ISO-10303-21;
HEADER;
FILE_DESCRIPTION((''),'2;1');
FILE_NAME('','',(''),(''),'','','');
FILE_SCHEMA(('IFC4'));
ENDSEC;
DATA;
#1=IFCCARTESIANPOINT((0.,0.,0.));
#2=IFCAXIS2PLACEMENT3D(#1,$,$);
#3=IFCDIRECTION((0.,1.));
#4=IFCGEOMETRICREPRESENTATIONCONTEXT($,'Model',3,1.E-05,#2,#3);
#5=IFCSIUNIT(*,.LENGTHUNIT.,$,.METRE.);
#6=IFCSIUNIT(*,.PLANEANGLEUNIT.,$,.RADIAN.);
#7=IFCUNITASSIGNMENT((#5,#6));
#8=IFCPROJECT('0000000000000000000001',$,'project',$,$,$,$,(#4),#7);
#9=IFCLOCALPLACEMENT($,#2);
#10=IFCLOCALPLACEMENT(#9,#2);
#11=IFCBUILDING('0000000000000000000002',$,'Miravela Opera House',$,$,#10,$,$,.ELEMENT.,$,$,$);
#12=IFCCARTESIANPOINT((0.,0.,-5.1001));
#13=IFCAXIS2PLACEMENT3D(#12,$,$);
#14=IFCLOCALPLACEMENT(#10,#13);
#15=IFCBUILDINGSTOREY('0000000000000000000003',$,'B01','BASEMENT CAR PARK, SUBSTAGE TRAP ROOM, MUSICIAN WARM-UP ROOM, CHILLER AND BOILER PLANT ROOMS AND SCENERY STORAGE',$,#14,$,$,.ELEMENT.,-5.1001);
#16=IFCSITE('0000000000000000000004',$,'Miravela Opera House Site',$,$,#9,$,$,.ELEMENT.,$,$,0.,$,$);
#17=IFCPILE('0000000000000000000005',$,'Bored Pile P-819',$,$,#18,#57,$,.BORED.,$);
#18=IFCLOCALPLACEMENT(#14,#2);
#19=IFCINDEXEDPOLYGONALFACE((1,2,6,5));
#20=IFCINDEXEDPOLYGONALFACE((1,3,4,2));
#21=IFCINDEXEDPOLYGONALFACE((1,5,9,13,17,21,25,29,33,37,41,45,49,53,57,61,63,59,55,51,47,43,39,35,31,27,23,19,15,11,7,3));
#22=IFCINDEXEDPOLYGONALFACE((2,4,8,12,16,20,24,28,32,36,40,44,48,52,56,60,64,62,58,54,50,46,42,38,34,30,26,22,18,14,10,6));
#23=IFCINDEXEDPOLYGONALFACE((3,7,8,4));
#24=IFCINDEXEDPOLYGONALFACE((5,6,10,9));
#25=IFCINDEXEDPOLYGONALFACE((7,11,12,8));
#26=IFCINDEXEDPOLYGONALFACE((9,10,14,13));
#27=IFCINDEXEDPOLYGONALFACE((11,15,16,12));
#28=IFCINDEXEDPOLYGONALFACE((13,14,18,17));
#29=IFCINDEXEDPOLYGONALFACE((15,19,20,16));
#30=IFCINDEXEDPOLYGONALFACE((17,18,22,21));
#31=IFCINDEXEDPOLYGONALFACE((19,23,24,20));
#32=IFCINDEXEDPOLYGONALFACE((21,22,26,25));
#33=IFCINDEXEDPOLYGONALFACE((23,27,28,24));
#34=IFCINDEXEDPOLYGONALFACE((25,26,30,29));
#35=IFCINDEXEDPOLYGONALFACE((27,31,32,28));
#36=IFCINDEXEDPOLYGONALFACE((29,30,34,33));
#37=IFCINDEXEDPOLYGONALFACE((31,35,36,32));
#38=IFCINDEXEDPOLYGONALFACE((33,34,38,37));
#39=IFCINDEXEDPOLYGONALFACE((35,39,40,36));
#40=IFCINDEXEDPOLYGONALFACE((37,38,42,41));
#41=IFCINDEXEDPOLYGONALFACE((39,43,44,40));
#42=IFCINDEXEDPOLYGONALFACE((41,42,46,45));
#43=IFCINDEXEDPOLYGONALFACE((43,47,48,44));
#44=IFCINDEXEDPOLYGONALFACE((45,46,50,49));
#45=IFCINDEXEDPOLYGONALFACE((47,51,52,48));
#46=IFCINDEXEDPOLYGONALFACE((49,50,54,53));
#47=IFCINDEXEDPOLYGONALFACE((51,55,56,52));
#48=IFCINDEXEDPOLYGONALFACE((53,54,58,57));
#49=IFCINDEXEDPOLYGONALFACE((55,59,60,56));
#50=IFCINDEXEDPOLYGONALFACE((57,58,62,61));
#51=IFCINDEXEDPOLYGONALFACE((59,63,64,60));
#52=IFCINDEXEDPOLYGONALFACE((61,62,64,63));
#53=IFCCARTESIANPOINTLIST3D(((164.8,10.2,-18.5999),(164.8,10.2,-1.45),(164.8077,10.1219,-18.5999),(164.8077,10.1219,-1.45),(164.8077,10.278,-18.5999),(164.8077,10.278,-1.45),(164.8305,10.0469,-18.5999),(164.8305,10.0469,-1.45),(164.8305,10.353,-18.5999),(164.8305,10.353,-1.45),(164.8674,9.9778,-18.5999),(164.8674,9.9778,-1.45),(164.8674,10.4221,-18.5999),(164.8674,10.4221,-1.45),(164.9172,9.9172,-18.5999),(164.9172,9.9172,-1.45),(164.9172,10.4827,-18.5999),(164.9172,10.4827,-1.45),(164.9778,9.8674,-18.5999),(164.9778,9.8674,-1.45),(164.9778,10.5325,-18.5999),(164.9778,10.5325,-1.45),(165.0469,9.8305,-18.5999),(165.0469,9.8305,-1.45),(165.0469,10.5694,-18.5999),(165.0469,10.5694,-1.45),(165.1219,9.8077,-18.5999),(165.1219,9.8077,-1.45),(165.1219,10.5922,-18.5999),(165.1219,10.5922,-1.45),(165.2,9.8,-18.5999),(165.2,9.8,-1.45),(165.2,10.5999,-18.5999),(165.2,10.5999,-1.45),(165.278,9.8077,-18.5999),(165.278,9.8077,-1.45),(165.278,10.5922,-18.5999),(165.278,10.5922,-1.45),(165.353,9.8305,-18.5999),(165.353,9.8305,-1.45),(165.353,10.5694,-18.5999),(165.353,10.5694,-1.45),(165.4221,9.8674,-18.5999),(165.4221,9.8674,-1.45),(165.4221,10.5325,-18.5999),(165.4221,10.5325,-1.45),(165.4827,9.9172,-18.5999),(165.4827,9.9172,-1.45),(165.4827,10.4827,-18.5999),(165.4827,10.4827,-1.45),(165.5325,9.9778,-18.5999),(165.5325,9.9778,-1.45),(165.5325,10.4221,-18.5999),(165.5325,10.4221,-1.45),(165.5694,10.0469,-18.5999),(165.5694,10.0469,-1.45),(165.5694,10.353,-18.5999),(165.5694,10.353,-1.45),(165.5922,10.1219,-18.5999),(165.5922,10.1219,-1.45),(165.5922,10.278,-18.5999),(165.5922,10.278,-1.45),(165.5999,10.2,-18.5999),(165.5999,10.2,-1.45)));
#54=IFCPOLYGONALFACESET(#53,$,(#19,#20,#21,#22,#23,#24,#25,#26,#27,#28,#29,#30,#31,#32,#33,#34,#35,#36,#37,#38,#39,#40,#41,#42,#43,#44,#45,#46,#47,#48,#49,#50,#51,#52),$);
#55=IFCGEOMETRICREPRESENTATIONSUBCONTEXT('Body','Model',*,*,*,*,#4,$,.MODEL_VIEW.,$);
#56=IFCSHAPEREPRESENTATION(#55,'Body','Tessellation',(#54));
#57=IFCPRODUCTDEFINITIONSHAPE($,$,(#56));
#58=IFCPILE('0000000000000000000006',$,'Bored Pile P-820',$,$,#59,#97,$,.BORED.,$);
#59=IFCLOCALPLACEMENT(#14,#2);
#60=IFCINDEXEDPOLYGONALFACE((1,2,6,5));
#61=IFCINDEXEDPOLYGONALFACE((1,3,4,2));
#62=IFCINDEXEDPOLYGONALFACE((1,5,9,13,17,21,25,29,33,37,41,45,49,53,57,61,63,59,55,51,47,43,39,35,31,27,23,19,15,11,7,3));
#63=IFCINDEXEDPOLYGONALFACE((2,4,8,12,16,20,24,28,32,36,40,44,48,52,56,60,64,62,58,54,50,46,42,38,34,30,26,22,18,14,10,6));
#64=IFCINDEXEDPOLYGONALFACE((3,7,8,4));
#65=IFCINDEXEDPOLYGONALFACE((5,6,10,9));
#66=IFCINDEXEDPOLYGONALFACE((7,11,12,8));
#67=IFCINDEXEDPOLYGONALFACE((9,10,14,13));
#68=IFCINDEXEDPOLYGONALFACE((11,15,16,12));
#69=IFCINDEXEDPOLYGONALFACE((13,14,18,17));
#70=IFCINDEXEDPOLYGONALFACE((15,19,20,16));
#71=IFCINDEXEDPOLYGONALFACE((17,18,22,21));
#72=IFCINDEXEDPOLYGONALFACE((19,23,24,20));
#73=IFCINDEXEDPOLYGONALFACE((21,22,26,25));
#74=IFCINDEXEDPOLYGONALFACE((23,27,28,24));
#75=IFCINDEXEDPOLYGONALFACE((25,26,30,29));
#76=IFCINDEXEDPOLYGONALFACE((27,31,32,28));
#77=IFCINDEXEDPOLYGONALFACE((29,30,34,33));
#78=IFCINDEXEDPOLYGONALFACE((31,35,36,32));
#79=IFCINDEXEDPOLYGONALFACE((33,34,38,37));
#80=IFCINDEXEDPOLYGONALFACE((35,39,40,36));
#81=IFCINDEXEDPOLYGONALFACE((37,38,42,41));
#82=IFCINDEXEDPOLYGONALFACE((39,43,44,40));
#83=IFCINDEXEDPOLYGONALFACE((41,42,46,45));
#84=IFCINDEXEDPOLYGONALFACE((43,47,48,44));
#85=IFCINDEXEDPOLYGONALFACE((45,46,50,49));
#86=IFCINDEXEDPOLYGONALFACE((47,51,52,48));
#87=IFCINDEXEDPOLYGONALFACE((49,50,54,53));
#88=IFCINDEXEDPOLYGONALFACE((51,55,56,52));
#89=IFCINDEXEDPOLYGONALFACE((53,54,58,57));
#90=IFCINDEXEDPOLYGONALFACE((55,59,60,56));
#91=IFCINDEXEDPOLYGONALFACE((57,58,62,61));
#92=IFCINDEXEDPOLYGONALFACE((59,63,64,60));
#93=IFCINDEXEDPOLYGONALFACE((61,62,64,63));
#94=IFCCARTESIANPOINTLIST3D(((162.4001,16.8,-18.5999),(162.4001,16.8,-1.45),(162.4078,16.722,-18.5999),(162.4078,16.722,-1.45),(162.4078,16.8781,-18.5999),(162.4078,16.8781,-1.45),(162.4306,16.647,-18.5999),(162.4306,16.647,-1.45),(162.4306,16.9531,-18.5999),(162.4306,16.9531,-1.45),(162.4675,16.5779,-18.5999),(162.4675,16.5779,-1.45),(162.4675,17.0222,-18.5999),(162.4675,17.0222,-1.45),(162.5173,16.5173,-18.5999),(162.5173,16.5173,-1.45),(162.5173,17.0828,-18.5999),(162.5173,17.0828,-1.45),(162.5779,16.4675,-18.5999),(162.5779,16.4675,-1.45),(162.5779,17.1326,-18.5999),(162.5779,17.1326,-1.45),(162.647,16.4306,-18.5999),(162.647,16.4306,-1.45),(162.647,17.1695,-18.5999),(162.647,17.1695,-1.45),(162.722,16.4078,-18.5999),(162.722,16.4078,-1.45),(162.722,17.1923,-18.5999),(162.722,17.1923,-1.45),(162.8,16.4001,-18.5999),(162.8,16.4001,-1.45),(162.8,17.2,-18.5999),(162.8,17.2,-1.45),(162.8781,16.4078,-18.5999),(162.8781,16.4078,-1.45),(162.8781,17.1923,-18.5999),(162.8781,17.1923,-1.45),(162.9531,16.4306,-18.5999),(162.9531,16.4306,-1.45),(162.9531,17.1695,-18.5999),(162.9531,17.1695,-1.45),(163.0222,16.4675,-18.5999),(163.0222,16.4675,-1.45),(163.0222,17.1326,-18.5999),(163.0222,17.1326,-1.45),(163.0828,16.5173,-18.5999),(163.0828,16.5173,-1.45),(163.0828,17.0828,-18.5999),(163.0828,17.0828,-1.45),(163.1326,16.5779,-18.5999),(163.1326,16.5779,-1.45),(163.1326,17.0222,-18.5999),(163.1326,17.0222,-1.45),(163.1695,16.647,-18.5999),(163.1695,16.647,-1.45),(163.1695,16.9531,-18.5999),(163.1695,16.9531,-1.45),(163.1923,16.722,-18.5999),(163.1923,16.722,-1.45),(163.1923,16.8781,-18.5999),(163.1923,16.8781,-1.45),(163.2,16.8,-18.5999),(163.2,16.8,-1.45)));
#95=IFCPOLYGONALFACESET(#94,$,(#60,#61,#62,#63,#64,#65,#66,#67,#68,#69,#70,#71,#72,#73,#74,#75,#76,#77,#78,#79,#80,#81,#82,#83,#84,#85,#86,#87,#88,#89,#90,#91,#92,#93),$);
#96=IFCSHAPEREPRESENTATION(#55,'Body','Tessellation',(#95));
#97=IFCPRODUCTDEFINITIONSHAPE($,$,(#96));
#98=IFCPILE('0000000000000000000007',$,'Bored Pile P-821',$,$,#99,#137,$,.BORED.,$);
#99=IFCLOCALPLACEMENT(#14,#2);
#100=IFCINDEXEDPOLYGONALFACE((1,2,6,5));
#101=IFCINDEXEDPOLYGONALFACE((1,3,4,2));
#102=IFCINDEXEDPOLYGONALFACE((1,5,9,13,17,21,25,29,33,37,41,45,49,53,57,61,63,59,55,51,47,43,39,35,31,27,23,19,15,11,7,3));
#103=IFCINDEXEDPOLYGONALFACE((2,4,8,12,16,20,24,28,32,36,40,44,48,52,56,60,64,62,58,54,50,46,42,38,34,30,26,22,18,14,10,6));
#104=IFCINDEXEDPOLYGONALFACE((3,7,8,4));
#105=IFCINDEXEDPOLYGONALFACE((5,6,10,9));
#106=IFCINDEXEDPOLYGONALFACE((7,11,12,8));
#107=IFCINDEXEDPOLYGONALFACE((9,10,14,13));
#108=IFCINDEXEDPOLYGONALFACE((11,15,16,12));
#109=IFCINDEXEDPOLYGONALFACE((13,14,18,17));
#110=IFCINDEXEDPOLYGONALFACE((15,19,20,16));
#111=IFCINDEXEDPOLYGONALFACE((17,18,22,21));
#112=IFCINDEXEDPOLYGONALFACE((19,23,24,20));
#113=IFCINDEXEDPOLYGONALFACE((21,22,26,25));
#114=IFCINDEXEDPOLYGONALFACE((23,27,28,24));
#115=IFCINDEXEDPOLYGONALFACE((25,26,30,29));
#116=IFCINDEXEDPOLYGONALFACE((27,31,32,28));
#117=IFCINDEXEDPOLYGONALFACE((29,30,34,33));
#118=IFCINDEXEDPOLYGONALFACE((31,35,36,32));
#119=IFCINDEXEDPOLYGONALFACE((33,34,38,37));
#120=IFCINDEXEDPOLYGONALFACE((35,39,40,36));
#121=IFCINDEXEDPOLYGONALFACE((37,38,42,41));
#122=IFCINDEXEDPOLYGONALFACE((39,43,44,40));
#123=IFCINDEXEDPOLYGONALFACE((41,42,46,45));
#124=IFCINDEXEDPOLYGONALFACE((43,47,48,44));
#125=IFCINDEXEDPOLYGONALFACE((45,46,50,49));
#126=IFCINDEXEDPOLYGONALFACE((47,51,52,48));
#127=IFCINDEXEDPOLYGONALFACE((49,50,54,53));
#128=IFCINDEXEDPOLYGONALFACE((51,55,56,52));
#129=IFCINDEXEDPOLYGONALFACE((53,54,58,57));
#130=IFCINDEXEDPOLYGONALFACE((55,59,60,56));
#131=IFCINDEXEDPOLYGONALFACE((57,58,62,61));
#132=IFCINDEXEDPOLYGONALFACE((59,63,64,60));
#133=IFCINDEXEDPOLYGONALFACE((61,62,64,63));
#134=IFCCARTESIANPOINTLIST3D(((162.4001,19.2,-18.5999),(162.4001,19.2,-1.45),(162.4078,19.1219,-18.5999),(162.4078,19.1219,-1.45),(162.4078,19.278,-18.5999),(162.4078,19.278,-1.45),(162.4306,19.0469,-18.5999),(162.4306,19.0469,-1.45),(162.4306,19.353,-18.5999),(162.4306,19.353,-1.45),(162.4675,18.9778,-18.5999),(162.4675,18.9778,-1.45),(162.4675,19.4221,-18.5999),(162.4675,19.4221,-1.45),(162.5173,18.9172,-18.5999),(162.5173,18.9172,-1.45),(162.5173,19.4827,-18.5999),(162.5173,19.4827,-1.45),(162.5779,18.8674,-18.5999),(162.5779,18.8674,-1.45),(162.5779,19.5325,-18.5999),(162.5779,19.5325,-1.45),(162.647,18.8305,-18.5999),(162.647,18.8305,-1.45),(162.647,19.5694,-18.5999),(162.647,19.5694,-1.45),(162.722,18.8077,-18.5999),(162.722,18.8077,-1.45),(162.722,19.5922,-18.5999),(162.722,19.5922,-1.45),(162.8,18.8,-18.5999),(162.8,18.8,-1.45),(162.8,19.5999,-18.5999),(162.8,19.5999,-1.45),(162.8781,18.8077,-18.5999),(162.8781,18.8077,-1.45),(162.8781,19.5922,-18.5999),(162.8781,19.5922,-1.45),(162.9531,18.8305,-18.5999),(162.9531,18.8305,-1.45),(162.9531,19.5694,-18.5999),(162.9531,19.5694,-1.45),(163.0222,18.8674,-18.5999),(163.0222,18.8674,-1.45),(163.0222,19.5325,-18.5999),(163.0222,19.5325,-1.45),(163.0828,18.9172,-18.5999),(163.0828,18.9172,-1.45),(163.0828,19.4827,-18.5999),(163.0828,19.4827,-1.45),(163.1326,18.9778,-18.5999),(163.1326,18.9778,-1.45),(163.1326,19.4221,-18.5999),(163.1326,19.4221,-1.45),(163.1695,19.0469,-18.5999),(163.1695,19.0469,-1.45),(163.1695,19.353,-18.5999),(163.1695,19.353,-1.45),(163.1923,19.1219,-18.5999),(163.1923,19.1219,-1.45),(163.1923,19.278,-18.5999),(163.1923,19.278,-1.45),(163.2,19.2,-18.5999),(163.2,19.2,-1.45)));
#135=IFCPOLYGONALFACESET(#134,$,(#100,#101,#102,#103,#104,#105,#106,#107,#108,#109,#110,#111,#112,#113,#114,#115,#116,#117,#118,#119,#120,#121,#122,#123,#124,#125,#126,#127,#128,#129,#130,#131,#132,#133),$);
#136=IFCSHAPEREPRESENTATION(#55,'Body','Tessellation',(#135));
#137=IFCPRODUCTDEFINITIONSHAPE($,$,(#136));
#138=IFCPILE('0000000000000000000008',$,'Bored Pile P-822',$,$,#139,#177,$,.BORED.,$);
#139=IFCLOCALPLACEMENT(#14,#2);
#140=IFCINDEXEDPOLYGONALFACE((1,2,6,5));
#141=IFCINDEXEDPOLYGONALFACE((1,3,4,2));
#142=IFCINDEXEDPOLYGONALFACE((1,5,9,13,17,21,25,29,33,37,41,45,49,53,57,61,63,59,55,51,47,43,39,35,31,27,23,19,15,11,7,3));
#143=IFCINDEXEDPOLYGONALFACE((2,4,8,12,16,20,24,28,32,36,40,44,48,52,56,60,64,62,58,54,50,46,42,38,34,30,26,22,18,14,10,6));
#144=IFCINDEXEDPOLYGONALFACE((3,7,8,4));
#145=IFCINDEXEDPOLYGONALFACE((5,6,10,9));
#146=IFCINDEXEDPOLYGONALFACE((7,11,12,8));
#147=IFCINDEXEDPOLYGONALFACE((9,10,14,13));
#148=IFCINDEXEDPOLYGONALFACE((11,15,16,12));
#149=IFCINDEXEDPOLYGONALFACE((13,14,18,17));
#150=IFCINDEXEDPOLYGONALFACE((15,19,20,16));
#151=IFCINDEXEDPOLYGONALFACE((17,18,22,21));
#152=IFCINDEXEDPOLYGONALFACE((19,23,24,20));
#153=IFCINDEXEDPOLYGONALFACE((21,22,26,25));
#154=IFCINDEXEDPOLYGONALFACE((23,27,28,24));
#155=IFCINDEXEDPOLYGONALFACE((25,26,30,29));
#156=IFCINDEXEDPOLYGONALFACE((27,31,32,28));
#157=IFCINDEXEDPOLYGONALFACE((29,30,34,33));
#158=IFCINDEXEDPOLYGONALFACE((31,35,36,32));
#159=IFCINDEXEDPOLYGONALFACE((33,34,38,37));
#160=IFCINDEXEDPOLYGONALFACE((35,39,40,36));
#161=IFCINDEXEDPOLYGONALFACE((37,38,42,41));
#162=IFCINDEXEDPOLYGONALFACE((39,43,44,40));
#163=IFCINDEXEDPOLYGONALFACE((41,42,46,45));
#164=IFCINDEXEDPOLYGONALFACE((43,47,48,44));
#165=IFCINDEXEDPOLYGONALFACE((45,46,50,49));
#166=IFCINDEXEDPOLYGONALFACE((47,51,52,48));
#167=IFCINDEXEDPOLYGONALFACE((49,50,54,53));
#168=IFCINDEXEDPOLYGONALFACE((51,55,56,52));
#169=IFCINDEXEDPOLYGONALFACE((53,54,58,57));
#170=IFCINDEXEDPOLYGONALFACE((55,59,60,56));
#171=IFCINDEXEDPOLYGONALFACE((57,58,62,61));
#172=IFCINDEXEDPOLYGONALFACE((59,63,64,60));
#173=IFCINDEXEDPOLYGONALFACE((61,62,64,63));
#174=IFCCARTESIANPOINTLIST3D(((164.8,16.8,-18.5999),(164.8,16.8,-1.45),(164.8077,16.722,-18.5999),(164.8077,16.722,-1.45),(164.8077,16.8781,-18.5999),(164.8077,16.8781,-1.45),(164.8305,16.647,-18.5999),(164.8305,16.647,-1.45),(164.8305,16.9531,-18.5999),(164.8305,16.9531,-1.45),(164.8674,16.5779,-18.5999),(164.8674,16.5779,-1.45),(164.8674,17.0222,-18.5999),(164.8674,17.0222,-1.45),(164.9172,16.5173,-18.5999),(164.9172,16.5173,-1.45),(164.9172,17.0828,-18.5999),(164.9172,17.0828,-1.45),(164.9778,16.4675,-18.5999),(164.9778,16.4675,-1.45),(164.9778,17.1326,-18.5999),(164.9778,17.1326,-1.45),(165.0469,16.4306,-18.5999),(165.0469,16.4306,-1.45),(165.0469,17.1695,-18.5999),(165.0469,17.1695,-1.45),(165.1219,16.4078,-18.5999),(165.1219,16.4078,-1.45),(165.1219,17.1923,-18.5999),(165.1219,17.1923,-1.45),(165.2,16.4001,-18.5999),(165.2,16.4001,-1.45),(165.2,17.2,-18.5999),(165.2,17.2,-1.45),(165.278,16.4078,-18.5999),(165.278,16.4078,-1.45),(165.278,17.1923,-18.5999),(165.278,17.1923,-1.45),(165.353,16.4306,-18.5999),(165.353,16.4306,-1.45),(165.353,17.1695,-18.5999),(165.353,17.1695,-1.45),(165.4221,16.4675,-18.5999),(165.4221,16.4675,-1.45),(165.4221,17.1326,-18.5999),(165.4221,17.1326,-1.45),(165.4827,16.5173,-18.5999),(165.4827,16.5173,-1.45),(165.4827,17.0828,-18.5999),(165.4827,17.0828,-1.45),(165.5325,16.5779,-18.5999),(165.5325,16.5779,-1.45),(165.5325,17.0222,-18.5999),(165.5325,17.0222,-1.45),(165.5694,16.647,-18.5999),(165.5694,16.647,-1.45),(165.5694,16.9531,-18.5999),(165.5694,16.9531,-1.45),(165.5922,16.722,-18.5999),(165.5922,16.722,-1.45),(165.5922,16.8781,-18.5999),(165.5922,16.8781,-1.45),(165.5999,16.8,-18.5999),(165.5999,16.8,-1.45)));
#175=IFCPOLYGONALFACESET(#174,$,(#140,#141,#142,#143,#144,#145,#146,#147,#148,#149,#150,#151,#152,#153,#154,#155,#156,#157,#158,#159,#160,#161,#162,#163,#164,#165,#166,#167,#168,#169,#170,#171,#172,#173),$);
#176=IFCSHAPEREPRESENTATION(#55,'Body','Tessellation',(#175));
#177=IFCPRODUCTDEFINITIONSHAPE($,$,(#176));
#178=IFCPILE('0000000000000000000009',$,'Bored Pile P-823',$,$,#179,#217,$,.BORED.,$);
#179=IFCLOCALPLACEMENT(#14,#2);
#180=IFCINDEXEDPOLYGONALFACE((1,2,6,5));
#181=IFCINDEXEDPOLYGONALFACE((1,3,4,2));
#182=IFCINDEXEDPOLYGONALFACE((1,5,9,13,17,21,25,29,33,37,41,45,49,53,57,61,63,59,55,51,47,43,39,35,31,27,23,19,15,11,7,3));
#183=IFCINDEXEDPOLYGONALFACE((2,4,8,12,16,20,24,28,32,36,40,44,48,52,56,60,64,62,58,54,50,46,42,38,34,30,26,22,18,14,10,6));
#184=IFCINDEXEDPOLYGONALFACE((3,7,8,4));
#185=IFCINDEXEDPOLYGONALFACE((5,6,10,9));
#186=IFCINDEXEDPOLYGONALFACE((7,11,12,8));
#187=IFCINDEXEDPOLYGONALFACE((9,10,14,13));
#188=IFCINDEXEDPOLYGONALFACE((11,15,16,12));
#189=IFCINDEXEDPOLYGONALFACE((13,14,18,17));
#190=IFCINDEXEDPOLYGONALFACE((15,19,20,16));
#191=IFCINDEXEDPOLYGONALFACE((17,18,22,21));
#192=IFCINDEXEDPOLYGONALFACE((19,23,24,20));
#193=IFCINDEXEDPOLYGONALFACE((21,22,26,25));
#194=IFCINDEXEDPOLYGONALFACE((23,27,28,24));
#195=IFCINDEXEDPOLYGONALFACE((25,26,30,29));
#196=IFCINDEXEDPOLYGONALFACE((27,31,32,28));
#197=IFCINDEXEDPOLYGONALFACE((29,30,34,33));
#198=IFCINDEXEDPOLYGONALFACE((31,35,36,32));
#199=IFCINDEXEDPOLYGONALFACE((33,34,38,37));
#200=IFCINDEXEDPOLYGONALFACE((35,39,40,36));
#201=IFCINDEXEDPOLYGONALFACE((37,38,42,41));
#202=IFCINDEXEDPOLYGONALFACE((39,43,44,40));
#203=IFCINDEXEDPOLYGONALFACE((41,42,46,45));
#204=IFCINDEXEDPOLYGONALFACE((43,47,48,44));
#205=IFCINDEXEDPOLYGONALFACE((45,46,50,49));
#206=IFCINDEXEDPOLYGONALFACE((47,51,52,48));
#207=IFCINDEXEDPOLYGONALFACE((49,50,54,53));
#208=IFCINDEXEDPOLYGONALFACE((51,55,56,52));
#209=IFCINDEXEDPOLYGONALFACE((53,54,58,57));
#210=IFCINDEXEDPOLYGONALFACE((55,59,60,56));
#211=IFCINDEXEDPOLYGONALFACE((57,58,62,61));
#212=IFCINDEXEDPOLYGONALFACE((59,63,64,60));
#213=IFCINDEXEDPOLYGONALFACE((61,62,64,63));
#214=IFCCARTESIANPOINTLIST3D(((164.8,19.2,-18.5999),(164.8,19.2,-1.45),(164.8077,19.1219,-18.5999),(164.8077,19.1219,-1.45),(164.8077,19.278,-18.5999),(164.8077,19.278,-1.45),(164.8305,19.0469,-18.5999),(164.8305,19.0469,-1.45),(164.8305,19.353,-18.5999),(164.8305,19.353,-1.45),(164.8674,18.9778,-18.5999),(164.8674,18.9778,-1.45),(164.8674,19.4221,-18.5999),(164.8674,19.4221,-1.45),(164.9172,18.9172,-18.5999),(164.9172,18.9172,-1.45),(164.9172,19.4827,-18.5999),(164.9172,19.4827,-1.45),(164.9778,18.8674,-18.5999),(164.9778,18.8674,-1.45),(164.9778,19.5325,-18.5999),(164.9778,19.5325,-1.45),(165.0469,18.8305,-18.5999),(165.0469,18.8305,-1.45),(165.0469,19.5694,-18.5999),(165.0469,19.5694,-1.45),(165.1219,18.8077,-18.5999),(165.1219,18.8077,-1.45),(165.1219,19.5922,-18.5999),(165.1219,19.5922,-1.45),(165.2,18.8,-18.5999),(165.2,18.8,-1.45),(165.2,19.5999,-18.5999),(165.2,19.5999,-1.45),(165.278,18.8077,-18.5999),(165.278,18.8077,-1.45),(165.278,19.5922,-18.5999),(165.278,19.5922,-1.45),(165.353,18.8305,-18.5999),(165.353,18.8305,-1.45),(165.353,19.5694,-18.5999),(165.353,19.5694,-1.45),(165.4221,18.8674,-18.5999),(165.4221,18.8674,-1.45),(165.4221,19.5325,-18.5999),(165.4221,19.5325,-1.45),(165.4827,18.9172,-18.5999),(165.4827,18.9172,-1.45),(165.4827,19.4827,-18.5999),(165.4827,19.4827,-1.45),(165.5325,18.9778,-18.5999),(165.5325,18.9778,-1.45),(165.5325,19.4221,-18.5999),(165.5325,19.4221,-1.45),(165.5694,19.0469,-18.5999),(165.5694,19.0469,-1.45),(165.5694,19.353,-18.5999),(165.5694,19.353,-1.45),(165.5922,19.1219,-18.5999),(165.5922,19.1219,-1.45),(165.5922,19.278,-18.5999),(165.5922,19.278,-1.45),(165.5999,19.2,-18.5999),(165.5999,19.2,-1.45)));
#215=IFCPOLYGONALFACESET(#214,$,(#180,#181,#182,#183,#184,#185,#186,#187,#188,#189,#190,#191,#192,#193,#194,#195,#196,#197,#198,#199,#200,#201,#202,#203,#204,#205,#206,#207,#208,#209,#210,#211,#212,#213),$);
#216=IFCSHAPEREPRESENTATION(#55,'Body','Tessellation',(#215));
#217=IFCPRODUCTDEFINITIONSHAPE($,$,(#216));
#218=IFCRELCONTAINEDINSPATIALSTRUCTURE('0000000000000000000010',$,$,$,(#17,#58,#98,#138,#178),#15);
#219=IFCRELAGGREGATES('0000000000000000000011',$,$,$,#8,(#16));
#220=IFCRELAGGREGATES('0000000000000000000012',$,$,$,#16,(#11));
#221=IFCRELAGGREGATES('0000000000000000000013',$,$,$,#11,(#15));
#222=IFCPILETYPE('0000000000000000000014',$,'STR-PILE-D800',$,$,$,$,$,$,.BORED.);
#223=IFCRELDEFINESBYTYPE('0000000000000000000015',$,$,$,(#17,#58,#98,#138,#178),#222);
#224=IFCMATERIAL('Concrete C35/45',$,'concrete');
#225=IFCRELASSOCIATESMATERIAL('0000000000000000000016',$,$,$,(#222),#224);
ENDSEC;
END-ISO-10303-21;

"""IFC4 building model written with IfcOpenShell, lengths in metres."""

from ifc_helpers import new_model, si_unit, direction, frame, origin, origin_2d, place, context, subcontext, project, spatial, circle, extrude, material, material_profile, profile_set, type_object, element, save


model = new_model("IFC4")

# Units and contexts
model_context = context("Model", 3, precision=1e-05, world=origin(), true_north=direction((0.0, 1.0)))
body_context = subcontext(model_context, "Body", "Model", "MODEL_VIEW")
ifc_project = project(units=[si_unit("LENGTHUNIT", "METRE"), si_unit("PLANEANGLEUNIT", "RADIAN")], contexts=[model_context])

# Site, building, storey
site_placement = place(None, origin())
site = spatial("IfcSite", under=ifc_project, at=site_placement, Name="Miravela Opera House Site", CompositionType="ELEMENT", RefElevation=0.0)
building_placement = place(site_placement, origin())
building = spatial("IfcBuilding", under=site, at=building_placement, Name="Miravela Opera House", CompositionType="ELEMENT")
storey_placement = place(building_placement, frame((0.0, 0.0, -5.1001)))
storey = spatial("IfcBuildingStorey", under=building, at=storey_placement, Name="B01", Description="BASEMENT CAR PARK, SUBSTAGE TRAP ROOM, MUSICIAN WARM-UP ROOM, CHILLER AND BOILER PLANT ROOMS AND SCENERY STORAGE", CompositionType="ELEMENT", Elevation=-5.1001)

# Shared definitions
ifc_material_1 = material(Name="Concrete C35/45", Category="concrete")

# Piles
ifc_material_profile_1 = material_profile(ifc_material_1, circle(Radius=0.3999, at=origin_2d()), Name="PILE-D800")
ifc_profile_set_1 = profile_set([ifc_material_profile_1])
pile_type = type_object("IfcPileType", Name="STR-PILE-D800", PredefinedType="BORED", material=ifc_profile_set_1)
for number, where, z_axis, x_axis, name in (
    (1, (165.2, 10.2, -1.45), (0.0, 0.0, -1.0), (1.0, 0.0, 0.0), "Bored Pile P-819"),
    (2, (162.8, 16.8, -1.45), (0.0, 0.0, -1.0), (1.0, 0.0, 0.0), "Bored Pile P-820"),
    (3, (162.8, 19.2, -1.45), (0.0, 0.0, -1.0), (1.0, 0.0, 0.0), "Bored Pile P-821"),
    (4, (165.2, 16.8, -1.45), (0.0, 0.0, -1.0), (1.0, 0.0, 0.0), "Bored Pile P-822"),
    (5, (165.2, 19.2, -1.45), (0.0, 0.0, -1.0), (1.0, 0.0, 0.0), "Bored Pile P-823"),
):
    element("IfcPile", number, at=place(storey_placement, frame(where, z_axis=z_axis, x_axis=x_axis)), inside=storey, type_object=pile_type, Name=name, PredefinedType="BORED", context=body_context, shape_type="SweptSolid", body=[
        extrude(circle(Radius=0.3999, at=origin_2d()), origin(), (0.0, 0.0, 1.0), 17.1499),
    ])

save(model, "model.ifc")
